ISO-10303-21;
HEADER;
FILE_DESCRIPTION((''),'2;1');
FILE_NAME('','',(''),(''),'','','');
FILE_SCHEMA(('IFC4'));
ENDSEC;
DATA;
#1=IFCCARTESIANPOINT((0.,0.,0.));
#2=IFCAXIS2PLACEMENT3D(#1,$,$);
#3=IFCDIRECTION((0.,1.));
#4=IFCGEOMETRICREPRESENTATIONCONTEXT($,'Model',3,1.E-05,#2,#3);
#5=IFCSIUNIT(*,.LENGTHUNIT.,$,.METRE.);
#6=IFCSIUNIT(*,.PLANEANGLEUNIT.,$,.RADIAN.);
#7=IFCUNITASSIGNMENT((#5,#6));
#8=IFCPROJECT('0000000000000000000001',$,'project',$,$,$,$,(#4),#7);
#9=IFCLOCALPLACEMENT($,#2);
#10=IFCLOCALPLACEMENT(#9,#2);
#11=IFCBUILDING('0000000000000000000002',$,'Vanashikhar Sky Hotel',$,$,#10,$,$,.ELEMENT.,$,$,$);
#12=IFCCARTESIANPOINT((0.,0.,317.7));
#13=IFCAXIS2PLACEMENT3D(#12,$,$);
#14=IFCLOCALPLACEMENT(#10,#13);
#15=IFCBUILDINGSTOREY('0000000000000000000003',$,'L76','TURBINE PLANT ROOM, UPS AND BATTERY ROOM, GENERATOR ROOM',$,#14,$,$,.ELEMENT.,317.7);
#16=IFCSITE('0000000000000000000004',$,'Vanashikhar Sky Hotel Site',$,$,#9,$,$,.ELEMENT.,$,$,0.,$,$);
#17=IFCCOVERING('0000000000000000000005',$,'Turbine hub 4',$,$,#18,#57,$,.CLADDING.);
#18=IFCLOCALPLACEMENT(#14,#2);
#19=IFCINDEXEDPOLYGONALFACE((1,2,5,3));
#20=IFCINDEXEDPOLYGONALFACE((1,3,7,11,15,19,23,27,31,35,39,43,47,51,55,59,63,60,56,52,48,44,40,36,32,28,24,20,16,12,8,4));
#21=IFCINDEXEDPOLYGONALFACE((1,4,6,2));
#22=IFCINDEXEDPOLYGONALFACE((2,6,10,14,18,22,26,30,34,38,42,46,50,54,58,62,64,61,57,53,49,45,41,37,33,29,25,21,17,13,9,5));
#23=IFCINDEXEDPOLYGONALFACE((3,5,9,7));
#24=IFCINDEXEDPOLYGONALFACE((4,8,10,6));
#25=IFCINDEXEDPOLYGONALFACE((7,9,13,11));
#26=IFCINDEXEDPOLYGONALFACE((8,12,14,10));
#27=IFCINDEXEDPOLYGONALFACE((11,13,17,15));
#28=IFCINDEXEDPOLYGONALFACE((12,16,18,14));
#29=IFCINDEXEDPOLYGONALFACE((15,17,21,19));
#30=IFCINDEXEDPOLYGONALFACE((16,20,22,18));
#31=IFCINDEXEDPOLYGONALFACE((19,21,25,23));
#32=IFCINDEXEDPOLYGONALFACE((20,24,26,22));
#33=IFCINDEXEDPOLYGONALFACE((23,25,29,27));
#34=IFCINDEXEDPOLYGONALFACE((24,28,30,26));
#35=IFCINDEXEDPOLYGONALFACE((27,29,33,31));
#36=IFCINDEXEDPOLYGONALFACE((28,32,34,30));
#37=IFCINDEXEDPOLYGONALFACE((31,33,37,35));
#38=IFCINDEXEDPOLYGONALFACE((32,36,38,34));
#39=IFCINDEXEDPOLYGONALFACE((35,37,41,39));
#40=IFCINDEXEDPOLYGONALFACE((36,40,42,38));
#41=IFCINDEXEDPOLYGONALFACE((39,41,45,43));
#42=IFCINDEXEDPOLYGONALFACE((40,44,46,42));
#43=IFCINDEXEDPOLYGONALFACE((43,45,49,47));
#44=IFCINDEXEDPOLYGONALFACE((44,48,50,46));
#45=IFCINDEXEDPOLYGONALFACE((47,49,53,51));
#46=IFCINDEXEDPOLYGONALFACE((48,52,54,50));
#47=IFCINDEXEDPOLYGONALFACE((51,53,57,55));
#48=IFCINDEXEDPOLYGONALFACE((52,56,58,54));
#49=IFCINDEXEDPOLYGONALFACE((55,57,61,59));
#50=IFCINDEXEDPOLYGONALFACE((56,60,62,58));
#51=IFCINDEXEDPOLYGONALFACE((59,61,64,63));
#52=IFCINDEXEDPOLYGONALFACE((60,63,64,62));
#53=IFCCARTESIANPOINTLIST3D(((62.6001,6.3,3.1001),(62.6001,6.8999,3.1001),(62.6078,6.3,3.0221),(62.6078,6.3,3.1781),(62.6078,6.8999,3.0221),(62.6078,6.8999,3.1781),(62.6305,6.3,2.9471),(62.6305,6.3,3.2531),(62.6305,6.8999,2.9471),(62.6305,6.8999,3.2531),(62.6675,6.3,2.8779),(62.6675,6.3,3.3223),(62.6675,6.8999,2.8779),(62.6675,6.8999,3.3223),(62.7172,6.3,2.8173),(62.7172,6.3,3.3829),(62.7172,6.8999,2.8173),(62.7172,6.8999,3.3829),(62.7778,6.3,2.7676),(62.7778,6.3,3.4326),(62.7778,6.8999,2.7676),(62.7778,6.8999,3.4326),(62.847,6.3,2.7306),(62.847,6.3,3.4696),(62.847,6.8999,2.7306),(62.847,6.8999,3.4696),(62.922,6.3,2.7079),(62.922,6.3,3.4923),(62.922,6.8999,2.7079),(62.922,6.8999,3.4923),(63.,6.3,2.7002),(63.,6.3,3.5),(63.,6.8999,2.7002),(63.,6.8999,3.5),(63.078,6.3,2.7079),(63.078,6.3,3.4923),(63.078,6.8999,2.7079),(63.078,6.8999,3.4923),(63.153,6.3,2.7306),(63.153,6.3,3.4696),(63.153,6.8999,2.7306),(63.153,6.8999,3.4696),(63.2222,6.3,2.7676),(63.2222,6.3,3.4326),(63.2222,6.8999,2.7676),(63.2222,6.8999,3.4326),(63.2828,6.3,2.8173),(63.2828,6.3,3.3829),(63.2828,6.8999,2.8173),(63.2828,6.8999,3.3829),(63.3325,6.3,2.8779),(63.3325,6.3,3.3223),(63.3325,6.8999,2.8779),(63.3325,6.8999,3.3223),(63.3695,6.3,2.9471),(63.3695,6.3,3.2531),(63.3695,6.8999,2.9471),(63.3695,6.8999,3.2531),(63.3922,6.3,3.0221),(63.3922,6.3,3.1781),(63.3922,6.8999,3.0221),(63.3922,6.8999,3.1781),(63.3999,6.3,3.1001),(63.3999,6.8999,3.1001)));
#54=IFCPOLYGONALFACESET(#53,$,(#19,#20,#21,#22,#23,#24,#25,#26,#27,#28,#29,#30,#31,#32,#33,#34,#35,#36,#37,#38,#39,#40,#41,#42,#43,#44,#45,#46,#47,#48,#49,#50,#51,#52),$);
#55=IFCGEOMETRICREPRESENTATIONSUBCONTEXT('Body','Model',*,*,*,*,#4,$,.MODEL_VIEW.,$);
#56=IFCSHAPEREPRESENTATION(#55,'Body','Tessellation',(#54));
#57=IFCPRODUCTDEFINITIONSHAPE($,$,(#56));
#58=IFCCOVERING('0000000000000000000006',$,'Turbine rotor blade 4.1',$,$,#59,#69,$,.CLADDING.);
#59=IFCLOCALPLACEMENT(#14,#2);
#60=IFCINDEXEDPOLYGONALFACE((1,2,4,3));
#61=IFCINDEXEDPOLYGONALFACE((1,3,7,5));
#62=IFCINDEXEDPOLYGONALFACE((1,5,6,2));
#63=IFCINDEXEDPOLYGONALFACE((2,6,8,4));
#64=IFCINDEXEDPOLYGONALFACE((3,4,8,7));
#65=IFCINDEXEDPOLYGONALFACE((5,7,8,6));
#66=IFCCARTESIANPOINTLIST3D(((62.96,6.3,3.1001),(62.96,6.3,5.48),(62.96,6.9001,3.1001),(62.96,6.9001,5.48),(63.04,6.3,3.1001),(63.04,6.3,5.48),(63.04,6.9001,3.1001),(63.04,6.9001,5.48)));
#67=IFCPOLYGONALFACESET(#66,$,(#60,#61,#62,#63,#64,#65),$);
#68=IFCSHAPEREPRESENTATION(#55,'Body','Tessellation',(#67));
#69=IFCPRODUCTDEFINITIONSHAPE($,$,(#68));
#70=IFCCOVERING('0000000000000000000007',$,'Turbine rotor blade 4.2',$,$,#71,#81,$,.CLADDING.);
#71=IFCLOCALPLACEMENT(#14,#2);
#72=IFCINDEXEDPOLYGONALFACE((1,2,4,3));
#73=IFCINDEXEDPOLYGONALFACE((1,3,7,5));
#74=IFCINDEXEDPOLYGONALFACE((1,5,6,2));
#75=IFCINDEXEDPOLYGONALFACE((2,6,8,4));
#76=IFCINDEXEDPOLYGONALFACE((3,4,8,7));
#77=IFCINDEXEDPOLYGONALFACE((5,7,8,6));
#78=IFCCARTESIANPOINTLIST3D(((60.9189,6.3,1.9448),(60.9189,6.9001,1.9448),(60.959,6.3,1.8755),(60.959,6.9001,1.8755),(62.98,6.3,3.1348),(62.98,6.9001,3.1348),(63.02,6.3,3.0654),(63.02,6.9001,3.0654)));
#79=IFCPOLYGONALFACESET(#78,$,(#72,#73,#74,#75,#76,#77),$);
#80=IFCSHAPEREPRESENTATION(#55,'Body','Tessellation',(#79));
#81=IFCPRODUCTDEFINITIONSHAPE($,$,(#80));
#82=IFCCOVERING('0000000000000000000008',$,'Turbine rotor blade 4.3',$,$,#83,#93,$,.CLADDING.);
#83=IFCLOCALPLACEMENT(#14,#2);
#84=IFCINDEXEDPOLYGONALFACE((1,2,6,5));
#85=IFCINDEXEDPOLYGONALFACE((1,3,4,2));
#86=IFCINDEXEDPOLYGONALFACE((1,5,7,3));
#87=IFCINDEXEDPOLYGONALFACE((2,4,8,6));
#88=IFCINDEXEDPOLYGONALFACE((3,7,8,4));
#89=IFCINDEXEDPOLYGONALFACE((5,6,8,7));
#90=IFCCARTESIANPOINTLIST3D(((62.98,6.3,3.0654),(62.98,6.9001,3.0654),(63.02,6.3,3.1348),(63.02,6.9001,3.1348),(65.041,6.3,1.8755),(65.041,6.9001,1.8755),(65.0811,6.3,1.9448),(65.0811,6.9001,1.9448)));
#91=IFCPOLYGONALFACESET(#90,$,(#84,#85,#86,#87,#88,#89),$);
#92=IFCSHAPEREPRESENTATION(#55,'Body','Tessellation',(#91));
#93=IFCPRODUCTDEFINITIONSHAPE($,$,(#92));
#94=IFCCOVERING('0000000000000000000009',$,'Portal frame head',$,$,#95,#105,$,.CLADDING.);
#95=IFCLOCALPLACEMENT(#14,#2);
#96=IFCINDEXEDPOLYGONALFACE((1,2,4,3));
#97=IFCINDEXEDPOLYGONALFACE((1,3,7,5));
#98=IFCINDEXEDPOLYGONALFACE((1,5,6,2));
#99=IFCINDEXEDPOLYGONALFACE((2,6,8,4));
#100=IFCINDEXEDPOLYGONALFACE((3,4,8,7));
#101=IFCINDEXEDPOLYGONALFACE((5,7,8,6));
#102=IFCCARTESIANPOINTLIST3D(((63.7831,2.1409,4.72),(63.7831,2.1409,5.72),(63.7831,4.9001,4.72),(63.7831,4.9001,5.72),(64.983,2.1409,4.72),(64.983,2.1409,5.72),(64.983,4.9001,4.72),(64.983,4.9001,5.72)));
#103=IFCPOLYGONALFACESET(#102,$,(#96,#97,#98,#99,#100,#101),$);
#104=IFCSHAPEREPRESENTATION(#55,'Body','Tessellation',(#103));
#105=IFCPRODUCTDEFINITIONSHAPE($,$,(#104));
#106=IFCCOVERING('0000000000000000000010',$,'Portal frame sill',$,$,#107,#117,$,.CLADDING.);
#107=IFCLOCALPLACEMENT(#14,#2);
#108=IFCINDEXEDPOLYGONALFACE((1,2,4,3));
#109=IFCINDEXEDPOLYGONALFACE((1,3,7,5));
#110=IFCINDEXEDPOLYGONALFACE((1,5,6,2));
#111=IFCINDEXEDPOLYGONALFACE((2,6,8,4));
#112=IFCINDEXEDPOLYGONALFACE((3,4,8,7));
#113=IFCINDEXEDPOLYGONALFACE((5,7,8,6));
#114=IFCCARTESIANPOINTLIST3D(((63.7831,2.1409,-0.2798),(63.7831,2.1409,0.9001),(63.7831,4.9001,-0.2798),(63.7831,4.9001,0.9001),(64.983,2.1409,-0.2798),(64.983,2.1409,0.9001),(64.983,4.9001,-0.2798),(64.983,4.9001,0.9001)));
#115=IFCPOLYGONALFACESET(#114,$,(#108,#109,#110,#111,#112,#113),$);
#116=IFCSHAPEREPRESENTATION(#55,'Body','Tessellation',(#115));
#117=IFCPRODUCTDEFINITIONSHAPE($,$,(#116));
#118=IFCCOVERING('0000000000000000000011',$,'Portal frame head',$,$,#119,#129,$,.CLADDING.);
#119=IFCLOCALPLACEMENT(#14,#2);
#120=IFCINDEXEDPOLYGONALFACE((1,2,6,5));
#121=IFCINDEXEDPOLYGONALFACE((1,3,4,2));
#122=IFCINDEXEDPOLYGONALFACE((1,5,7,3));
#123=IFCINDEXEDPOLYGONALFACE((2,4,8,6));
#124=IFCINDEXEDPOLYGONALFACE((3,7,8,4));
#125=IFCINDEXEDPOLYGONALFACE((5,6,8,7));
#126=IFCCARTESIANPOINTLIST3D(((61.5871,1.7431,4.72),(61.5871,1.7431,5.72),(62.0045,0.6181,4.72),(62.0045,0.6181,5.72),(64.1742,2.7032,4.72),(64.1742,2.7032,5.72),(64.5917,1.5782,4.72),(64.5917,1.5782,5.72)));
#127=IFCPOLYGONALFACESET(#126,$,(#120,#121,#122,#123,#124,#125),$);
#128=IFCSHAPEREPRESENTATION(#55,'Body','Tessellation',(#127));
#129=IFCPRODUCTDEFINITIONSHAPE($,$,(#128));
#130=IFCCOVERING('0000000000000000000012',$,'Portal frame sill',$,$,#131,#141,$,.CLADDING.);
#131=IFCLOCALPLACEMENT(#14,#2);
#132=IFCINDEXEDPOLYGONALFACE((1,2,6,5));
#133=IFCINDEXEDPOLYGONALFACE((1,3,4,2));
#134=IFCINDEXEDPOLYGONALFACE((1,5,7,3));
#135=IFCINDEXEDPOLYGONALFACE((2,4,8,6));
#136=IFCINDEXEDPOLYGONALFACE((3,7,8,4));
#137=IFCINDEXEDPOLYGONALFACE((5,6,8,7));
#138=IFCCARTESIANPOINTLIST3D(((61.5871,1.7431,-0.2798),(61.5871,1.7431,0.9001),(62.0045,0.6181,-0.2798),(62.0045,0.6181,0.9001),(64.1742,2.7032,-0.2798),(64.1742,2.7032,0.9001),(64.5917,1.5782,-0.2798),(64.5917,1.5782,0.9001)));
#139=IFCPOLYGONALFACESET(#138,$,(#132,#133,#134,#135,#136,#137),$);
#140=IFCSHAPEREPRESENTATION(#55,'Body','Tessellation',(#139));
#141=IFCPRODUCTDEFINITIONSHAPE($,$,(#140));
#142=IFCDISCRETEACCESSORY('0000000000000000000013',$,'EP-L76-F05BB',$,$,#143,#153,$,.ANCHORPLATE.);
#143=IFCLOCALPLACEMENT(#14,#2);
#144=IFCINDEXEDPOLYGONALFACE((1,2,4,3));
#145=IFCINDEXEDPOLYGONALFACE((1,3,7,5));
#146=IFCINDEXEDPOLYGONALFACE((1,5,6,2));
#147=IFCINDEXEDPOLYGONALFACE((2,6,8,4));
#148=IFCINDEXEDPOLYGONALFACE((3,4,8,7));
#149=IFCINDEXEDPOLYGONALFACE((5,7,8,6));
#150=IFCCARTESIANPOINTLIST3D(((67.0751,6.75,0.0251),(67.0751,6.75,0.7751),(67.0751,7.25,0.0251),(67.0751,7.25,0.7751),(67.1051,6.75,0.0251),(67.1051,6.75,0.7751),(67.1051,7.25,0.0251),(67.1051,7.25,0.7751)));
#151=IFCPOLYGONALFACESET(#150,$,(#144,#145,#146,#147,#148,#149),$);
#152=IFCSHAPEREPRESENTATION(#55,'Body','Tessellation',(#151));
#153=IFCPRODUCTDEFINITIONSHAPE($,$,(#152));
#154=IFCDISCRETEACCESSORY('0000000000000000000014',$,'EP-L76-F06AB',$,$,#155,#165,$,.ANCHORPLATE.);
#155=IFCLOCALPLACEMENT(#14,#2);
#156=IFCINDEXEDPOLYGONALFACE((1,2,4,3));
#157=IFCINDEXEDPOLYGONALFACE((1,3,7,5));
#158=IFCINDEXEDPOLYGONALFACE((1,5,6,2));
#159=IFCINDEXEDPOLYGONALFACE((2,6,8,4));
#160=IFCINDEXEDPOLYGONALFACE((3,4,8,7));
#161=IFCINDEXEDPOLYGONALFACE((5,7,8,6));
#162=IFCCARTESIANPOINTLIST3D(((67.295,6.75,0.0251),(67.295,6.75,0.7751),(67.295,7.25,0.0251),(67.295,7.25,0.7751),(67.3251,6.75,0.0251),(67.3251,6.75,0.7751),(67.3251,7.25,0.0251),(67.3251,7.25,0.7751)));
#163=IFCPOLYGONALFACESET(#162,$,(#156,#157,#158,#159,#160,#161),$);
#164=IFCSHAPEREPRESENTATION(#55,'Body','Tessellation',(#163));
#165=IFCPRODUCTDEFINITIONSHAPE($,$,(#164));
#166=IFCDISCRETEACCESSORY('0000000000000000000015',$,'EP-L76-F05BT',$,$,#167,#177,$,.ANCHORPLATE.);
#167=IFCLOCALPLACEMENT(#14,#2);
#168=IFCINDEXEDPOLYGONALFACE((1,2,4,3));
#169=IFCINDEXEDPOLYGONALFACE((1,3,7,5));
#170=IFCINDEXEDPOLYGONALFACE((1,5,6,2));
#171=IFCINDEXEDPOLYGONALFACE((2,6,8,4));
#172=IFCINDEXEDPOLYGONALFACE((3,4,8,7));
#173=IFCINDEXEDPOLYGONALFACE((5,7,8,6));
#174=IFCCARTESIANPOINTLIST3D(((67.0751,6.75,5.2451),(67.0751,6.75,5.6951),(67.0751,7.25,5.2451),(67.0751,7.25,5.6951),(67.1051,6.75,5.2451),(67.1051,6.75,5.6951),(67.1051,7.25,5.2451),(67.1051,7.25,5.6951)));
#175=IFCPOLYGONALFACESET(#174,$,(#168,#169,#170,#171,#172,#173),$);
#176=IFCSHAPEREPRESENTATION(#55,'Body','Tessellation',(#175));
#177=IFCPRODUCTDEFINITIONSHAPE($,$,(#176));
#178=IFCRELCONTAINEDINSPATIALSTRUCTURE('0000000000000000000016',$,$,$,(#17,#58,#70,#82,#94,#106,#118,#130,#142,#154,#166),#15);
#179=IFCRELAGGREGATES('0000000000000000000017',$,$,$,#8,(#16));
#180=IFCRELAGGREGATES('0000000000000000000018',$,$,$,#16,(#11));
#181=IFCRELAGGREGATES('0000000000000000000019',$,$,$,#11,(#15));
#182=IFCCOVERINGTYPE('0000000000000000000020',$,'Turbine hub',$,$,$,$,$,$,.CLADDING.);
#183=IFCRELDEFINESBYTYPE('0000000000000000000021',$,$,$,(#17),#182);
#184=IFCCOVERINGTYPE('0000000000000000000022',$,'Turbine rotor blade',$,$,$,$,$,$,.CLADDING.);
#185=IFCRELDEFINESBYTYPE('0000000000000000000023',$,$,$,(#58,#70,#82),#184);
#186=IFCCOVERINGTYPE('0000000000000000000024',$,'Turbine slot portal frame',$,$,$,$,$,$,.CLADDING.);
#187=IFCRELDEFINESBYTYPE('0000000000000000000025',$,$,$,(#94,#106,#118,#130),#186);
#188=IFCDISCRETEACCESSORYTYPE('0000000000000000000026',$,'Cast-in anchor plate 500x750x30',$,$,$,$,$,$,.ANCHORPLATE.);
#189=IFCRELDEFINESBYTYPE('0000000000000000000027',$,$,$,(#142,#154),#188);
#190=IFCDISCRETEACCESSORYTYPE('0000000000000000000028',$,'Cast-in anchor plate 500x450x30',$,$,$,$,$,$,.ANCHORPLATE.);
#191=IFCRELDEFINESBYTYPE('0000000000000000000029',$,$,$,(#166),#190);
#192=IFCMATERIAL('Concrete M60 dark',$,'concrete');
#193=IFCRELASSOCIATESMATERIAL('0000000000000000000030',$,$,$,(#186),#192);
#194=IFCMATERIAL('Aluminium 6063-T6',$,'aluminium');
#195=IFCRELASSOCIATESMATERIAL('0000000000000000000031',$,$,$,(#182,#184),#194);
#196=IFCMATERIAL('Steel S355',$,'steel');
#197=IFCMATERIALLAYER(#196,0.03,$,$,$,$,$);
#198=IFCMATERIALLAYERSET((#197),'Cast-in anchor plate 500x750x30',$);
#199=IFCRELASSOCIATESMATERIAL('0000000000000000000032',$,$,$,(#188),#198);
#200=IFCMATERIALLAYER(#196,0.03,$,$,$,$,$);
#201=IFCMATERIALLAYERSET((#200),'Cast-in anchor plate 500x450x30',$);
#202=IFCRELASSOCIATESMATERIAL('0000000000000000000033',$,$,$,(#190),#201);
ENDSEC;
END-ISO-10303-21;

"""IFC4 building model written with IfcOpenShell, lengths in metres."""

from ifc_helpers import new_model, si_unit, direction, frame, origin, origin_2d, place, context, subcontext, project, spatial, rectangle, circle, extrude, source, transform, mapped, material, layer, layer_set, material_profile, profile_set, type_object, element, save


model = new_model("IFC4")

# Units and contexts
model_context = context("Model", 3, precision=1e-05, world=origin(), true_north=direction((0.0, 1.0)))
body_context = subcontext(model_context, "Body", "Model", "MODEL_VIEW")
ifc_project = project(units=[si_unit("LENGTHUNIT", "METRE"), si_unit("PLANEANGLEUNIT", "RADIAN")], contexts=[model_context])

# Site, building, storey
site_placement = place(None, origin())
site = spatial("IfcSite", under=ifc_project, at=site_placement, Name="Vanashikhar Sky Hotel Site", CompositionType="ELEMENT", RefElevation=0.0)
building_placement = place(site_placement, origin())
building = spatial("IfcBuilding", under=site, at=building_placement, Name="Vanashikhar Sky Hotel", CompositionType="ELEMENT")
storey_placement = place(building_placement, frame((0.0, 0.0, 317.7)))
storey = spatial("IfcBuildingStorey", under=building, at=storey_placement, Name="L76", Description="TURBINE PLANT ROOM, UPS AND BATTERY ROOM, GENERATOR ROOM", CompositionType="ELEMENT", Elevation=317.7)

# Shared definitions
ifc_material_1 = material(Name="Steel S355", Category="steel")

# Shared definitions
ifc_material_2 = material(Name="Concrete M60 dark", Category="concrete")
covering_type_1 = type_object("IfcCoveringType", Name="Turbine slot portal frame", PredefinedType="CLADDING", material=ifc_material_2)

# Coverings
ifc_material_3 = material(Name="Aluminium 6063-T6", Category="aluminium")
ifc_material_profile_1 = material_profile(ifc_material_3, circle(Radius=0.3999, at=origin_2d()))
ifc_profile_set_1 = profile_set([ifc_material_profile_1], Name="Turbine hub")
covering_type_2 = type_object("IfcCoveringType", Name="Turbine hub", PredefinedType="CLADDING", material=ifc_profile_set_1)
shared_shape_1 = source(origin(), body_context, "Body", "SweptSolid", [
    extrude(circle(Radius=0.3999, at=origin_2d()), origin(), (0.0, 0.0, 1.0), 0.5999),
])
covering_1_placement = place(storey_placement, frame((63.0, 6.3, 3.1001), z_axis=(0.0, 1.0, 0.0), x_axis=(-1.0, 0.0, 0.0)))
element("IfcCovering", 1, at=covering_1_placement, inside=storey, type_object=covering_type_2, Name="Turbine hub 4", PredefinedType="CLADDING", context=body_context, shape_type="MappedRepresentation", body=[
    mapped(shared_shape_1, transform((0.0, 0.0, 0.0), scale=1.0)),
])
ifc_material_profile_2 = material_profile(ifc_material_3, rectangle(XDim=0.6001, YDim=0.0801, at=origin_2d()))
ifc_profile_set_2 = profile_set([ifc_material_profile_2], Name="Turbine rotor blade")
covering_type_3 = type_object("IfcCoveringType", Name="Turbine rotor blade", PredefinedType="CLADDING", material=ifc_profile_set_2)
shared_shape_2 = source(origin(), body_context, "Body", "SweptSolid", [
    extrude(rectangle(XDim=0.6001, YDim=0.0801, at=origin_2d()), origin(), (0.0, 0.0, 1.0), 2.3799),
])
covering_2_placement = place(storey_placement, frame((63.0, 6.6001, 3.1001), z_axis=(0.0, 0.0, 1.0), x_axis=(0.0, 1.0, 0.0)))
element("IfcCovering", 2, at=covering_2_placement, inside=storey, type_object=covering_type_3, Name="Turbine rotor blade 4.1", PredefinedType="CLADDING", context=body_context, shape_type="MappedRepresentation", body=[
    mapped(shared_shape_2, transform((0.0, 0.0, 0.0), scale=1.0)),
])
shared_shape_3 = source(origin(), body_context, "Body", "SweptSolid", [
    extrude(rectangle(XDim=0.6001, YDim=0.0801, at=origin_2d()), origin(), (0.0, 0.0, 1.0), 2.3799),
])
for number, where, z_axis, x_axis, name in (
    (3, (63.0, 6.6001, 3.1001), (-0.866025, 0.0, -0.500001), (0.0, -1.0, 0.0), "Turbine rotor blade 4.2"),
    (4, (63.0, 6.6001, 3.1001), (0.866025, 0.0, -0.500001), (0.0, 1.0, 0.0), "Turbine rotor blade 4.3"),
):
    element("IfcCovering", number, at=place(storey_placement, frame(where, z_axis=z_axis, x_axis=x_axis)), inside=storey, type_object=covering_type_3, Name=name, PredefinedType="CLADDING", context=body_context, shape_type="MappedRepresentation", body=[
        mapped(shared_shape_3, transform((0.0, 0.0, 0.0), scale=1.0)),
    ])
shared_shape_4 = source(origin(), body_context, "Body", "SweptSolid", [
    extrude(rectangle(XDim=2.7593, YDim=1.2, at=origin_2d()), origin(), (0.0, 0.0, 1.0), 1.0),
])
covering_3_placement = place(storey_placement, frame((64.3831, 3.5205, 4.72), z_axis=(0.0, 0.0, 1.0), x_axis=(0.0, 1.0, 0.0)))
element("IfcCovering", 5, at=covering_3_placement, inside=storey, type_object=covering_type_1, Name="Portal frame head", PredefinedType="CLADDING", context=body_context, shape_type="MappedRepresentation", body=[
    mapped(shared_shape_4, transform((0.0, 0.0, 0.0), scale=1.0)),
])
shared_shape_5 = source(origin(), body_context, "Body", "SweptSolid", [
    extrude(rectangle(XDim=2.7593, YDim=1.2, at=origin_2d()), origin(), (0.0, 0.0, 1.0), 1.1799),
])
covering_4_placement = place(storey_placement, frame((64.3831, 3.5205, -0.2798), z_axis=(0.0, 0.0, 1.0), x_axis=(0.0, 1.0, 0.0)))
element("IfcCovering", 6, at=covering_4_placement, inside=storey, type_object=covering_type_1, Name="Portal frame sill", PredefinedType="CLADDING", context=body_context, shape_type="MappedRepresentation", body=[
    mapped(shared_shape_5, transform((0.0, 0.0, 0.0), scale=1.0)),
])
shared_shape_6 = source(origin(), body_context, "Body", "SweptSolid", [
    extrude(rectangle(XDim=2.7595, YDim=1.2, at=origin_2d()), origin(), (0.0, 0.0, 1.0), 1.0),
])
covering_5_placement = place(storey_placement, frame((63.0894, 1.6606, 4.72), z_axis=(0.0, 0.0, 1.0), x_axis=(0.937525, 0.347918, 0.0)))
element("IfcCovering", 7, at=covering_5_placement, inside=storey, type_object=covering_type_1, Name="Portal frame head", PredefinedType="CLADDING", context=body_context, shape_type="MappedRepresentation", body=[
    mapped(shared_shape_6, transform((0.0, 0.0, 0.0), scale=1.0)),
])
shared_shape_7 = source(origin(), body_context, "Body", "SweptSolid", [
    extrude(rectangle(XDim=2.7595, YDim=1.2, at=origin_2d()), origin(), (0.0, 0.0, 1.0), 1.1799),
])
covering_6_placement = place(storey_placement, frame((63.0894, 1.6606, -0.2798), z_axis=(0.0, 0.0, 1.0), x_axis=(0.937525, 0.347918, 0.0)))
element("IfcCovering", 8, at=covering_6_placement, inside=storey, type_object=covering_type_1, Name="Portal frame sill", PredefinedType="CLADDING", context=body_context, shape_type="MappedRepresentation", body=[
    mapped(shared_shape_7, transform((0.0, 0.0, 0.0), scale=1.0)),
])

# Discrete accessories
ifc_layer_1 = layer(ifc_material_1, 0.03)
ifc_layer_set_1 = layer_set([ifc_layer_1], Name="Cast-in anchor plate 500x750x30")
discrete_accessory_type_1 = type_object("IfcDiscreteAccessoryType", Name="Cast-in anchor plate 500x750x30", PredefinedType="ANCHORPLATE", material=ifc_layer_set_1)
shared_shape_8 = source(origin(), body_context, "Body", "SweptSolid", [
    extrude(rectangle(XDim=0.03, YDim=0.5, at=origin_2d()), origin(), (0.0, 0.0, 1.0), 0.75),
])
for number, where, z_axis, x_axis, name in (
    (9, (67.0901, 7.0, 0.0251), (0.0, 0.0, 1.0), (1.0, 0.0, 0.0), "EP-L76-F05BB"),
    (10, (67.3101, 7.0, 0.0251), (0.0, 0.0, 1.0), (1.0, 0.0, 0.0), "EP-L76-F06AB"),
):
    element("IfcDiscreteAccessory", number, at=place(storey_placement, frame(where, z_axis=z_axis, x_axis=x_axis)), inside=storey, type_object=discrete_accessory_type_1, Name=name, PredefinedType="ANCHORPLATE", context=body_context, shape_type="MappedRepresentation", body=[
        mapped(shared_shape_8, transform((0.0, 0.0, 0.0), scale=1.0)),
    ])
ifc_layer_2 = layer(ifc_material_1, 0.03)
ifc_layer_set_2 = layer_set([ifc_layer_2], Name="Cast-in anchor plate 500x450x30")
discrete_accessory_type_2 = type_object("IfcDiscreteAccessoryType", Name="Cast-in anchor plate 500x450x30", PredefinedType="ANCHORPLATE", material=ifc_layer_set_2)
shared_shape_9 = source(origin(), body_context, "Body", "SweptSolid", [
    extrude(rectangle(XDim=0.03, YDim=0.5, at=origin_2d()), origin(), (0.0, 0.0, 1.0), 0.45),
])
for number, where, z_axis, x_axis, name in (
    (11, (67.0901, 7.0, 5.2451), (0.0, 0.0, 1.0), (1.0, 0.0, 0.0), "EP-L76-F05BT"),
):
    element("IfcDiscreteAccessory", number, at=place(storey_placement, frame(where, z_axis=z_axis, x_axis=x_axis)), inside=storey, type_object=discrete_accessory_type_2, Name=name, PredefinedType="ANCHORPLATE", context=body_context, shape_type="MappedRepresentation", body=[
        mapped(shared_shape_9, transform((0.0, 0.0, 0.0), scale=1.0)),
    ])

save(model, "model.ifc")
